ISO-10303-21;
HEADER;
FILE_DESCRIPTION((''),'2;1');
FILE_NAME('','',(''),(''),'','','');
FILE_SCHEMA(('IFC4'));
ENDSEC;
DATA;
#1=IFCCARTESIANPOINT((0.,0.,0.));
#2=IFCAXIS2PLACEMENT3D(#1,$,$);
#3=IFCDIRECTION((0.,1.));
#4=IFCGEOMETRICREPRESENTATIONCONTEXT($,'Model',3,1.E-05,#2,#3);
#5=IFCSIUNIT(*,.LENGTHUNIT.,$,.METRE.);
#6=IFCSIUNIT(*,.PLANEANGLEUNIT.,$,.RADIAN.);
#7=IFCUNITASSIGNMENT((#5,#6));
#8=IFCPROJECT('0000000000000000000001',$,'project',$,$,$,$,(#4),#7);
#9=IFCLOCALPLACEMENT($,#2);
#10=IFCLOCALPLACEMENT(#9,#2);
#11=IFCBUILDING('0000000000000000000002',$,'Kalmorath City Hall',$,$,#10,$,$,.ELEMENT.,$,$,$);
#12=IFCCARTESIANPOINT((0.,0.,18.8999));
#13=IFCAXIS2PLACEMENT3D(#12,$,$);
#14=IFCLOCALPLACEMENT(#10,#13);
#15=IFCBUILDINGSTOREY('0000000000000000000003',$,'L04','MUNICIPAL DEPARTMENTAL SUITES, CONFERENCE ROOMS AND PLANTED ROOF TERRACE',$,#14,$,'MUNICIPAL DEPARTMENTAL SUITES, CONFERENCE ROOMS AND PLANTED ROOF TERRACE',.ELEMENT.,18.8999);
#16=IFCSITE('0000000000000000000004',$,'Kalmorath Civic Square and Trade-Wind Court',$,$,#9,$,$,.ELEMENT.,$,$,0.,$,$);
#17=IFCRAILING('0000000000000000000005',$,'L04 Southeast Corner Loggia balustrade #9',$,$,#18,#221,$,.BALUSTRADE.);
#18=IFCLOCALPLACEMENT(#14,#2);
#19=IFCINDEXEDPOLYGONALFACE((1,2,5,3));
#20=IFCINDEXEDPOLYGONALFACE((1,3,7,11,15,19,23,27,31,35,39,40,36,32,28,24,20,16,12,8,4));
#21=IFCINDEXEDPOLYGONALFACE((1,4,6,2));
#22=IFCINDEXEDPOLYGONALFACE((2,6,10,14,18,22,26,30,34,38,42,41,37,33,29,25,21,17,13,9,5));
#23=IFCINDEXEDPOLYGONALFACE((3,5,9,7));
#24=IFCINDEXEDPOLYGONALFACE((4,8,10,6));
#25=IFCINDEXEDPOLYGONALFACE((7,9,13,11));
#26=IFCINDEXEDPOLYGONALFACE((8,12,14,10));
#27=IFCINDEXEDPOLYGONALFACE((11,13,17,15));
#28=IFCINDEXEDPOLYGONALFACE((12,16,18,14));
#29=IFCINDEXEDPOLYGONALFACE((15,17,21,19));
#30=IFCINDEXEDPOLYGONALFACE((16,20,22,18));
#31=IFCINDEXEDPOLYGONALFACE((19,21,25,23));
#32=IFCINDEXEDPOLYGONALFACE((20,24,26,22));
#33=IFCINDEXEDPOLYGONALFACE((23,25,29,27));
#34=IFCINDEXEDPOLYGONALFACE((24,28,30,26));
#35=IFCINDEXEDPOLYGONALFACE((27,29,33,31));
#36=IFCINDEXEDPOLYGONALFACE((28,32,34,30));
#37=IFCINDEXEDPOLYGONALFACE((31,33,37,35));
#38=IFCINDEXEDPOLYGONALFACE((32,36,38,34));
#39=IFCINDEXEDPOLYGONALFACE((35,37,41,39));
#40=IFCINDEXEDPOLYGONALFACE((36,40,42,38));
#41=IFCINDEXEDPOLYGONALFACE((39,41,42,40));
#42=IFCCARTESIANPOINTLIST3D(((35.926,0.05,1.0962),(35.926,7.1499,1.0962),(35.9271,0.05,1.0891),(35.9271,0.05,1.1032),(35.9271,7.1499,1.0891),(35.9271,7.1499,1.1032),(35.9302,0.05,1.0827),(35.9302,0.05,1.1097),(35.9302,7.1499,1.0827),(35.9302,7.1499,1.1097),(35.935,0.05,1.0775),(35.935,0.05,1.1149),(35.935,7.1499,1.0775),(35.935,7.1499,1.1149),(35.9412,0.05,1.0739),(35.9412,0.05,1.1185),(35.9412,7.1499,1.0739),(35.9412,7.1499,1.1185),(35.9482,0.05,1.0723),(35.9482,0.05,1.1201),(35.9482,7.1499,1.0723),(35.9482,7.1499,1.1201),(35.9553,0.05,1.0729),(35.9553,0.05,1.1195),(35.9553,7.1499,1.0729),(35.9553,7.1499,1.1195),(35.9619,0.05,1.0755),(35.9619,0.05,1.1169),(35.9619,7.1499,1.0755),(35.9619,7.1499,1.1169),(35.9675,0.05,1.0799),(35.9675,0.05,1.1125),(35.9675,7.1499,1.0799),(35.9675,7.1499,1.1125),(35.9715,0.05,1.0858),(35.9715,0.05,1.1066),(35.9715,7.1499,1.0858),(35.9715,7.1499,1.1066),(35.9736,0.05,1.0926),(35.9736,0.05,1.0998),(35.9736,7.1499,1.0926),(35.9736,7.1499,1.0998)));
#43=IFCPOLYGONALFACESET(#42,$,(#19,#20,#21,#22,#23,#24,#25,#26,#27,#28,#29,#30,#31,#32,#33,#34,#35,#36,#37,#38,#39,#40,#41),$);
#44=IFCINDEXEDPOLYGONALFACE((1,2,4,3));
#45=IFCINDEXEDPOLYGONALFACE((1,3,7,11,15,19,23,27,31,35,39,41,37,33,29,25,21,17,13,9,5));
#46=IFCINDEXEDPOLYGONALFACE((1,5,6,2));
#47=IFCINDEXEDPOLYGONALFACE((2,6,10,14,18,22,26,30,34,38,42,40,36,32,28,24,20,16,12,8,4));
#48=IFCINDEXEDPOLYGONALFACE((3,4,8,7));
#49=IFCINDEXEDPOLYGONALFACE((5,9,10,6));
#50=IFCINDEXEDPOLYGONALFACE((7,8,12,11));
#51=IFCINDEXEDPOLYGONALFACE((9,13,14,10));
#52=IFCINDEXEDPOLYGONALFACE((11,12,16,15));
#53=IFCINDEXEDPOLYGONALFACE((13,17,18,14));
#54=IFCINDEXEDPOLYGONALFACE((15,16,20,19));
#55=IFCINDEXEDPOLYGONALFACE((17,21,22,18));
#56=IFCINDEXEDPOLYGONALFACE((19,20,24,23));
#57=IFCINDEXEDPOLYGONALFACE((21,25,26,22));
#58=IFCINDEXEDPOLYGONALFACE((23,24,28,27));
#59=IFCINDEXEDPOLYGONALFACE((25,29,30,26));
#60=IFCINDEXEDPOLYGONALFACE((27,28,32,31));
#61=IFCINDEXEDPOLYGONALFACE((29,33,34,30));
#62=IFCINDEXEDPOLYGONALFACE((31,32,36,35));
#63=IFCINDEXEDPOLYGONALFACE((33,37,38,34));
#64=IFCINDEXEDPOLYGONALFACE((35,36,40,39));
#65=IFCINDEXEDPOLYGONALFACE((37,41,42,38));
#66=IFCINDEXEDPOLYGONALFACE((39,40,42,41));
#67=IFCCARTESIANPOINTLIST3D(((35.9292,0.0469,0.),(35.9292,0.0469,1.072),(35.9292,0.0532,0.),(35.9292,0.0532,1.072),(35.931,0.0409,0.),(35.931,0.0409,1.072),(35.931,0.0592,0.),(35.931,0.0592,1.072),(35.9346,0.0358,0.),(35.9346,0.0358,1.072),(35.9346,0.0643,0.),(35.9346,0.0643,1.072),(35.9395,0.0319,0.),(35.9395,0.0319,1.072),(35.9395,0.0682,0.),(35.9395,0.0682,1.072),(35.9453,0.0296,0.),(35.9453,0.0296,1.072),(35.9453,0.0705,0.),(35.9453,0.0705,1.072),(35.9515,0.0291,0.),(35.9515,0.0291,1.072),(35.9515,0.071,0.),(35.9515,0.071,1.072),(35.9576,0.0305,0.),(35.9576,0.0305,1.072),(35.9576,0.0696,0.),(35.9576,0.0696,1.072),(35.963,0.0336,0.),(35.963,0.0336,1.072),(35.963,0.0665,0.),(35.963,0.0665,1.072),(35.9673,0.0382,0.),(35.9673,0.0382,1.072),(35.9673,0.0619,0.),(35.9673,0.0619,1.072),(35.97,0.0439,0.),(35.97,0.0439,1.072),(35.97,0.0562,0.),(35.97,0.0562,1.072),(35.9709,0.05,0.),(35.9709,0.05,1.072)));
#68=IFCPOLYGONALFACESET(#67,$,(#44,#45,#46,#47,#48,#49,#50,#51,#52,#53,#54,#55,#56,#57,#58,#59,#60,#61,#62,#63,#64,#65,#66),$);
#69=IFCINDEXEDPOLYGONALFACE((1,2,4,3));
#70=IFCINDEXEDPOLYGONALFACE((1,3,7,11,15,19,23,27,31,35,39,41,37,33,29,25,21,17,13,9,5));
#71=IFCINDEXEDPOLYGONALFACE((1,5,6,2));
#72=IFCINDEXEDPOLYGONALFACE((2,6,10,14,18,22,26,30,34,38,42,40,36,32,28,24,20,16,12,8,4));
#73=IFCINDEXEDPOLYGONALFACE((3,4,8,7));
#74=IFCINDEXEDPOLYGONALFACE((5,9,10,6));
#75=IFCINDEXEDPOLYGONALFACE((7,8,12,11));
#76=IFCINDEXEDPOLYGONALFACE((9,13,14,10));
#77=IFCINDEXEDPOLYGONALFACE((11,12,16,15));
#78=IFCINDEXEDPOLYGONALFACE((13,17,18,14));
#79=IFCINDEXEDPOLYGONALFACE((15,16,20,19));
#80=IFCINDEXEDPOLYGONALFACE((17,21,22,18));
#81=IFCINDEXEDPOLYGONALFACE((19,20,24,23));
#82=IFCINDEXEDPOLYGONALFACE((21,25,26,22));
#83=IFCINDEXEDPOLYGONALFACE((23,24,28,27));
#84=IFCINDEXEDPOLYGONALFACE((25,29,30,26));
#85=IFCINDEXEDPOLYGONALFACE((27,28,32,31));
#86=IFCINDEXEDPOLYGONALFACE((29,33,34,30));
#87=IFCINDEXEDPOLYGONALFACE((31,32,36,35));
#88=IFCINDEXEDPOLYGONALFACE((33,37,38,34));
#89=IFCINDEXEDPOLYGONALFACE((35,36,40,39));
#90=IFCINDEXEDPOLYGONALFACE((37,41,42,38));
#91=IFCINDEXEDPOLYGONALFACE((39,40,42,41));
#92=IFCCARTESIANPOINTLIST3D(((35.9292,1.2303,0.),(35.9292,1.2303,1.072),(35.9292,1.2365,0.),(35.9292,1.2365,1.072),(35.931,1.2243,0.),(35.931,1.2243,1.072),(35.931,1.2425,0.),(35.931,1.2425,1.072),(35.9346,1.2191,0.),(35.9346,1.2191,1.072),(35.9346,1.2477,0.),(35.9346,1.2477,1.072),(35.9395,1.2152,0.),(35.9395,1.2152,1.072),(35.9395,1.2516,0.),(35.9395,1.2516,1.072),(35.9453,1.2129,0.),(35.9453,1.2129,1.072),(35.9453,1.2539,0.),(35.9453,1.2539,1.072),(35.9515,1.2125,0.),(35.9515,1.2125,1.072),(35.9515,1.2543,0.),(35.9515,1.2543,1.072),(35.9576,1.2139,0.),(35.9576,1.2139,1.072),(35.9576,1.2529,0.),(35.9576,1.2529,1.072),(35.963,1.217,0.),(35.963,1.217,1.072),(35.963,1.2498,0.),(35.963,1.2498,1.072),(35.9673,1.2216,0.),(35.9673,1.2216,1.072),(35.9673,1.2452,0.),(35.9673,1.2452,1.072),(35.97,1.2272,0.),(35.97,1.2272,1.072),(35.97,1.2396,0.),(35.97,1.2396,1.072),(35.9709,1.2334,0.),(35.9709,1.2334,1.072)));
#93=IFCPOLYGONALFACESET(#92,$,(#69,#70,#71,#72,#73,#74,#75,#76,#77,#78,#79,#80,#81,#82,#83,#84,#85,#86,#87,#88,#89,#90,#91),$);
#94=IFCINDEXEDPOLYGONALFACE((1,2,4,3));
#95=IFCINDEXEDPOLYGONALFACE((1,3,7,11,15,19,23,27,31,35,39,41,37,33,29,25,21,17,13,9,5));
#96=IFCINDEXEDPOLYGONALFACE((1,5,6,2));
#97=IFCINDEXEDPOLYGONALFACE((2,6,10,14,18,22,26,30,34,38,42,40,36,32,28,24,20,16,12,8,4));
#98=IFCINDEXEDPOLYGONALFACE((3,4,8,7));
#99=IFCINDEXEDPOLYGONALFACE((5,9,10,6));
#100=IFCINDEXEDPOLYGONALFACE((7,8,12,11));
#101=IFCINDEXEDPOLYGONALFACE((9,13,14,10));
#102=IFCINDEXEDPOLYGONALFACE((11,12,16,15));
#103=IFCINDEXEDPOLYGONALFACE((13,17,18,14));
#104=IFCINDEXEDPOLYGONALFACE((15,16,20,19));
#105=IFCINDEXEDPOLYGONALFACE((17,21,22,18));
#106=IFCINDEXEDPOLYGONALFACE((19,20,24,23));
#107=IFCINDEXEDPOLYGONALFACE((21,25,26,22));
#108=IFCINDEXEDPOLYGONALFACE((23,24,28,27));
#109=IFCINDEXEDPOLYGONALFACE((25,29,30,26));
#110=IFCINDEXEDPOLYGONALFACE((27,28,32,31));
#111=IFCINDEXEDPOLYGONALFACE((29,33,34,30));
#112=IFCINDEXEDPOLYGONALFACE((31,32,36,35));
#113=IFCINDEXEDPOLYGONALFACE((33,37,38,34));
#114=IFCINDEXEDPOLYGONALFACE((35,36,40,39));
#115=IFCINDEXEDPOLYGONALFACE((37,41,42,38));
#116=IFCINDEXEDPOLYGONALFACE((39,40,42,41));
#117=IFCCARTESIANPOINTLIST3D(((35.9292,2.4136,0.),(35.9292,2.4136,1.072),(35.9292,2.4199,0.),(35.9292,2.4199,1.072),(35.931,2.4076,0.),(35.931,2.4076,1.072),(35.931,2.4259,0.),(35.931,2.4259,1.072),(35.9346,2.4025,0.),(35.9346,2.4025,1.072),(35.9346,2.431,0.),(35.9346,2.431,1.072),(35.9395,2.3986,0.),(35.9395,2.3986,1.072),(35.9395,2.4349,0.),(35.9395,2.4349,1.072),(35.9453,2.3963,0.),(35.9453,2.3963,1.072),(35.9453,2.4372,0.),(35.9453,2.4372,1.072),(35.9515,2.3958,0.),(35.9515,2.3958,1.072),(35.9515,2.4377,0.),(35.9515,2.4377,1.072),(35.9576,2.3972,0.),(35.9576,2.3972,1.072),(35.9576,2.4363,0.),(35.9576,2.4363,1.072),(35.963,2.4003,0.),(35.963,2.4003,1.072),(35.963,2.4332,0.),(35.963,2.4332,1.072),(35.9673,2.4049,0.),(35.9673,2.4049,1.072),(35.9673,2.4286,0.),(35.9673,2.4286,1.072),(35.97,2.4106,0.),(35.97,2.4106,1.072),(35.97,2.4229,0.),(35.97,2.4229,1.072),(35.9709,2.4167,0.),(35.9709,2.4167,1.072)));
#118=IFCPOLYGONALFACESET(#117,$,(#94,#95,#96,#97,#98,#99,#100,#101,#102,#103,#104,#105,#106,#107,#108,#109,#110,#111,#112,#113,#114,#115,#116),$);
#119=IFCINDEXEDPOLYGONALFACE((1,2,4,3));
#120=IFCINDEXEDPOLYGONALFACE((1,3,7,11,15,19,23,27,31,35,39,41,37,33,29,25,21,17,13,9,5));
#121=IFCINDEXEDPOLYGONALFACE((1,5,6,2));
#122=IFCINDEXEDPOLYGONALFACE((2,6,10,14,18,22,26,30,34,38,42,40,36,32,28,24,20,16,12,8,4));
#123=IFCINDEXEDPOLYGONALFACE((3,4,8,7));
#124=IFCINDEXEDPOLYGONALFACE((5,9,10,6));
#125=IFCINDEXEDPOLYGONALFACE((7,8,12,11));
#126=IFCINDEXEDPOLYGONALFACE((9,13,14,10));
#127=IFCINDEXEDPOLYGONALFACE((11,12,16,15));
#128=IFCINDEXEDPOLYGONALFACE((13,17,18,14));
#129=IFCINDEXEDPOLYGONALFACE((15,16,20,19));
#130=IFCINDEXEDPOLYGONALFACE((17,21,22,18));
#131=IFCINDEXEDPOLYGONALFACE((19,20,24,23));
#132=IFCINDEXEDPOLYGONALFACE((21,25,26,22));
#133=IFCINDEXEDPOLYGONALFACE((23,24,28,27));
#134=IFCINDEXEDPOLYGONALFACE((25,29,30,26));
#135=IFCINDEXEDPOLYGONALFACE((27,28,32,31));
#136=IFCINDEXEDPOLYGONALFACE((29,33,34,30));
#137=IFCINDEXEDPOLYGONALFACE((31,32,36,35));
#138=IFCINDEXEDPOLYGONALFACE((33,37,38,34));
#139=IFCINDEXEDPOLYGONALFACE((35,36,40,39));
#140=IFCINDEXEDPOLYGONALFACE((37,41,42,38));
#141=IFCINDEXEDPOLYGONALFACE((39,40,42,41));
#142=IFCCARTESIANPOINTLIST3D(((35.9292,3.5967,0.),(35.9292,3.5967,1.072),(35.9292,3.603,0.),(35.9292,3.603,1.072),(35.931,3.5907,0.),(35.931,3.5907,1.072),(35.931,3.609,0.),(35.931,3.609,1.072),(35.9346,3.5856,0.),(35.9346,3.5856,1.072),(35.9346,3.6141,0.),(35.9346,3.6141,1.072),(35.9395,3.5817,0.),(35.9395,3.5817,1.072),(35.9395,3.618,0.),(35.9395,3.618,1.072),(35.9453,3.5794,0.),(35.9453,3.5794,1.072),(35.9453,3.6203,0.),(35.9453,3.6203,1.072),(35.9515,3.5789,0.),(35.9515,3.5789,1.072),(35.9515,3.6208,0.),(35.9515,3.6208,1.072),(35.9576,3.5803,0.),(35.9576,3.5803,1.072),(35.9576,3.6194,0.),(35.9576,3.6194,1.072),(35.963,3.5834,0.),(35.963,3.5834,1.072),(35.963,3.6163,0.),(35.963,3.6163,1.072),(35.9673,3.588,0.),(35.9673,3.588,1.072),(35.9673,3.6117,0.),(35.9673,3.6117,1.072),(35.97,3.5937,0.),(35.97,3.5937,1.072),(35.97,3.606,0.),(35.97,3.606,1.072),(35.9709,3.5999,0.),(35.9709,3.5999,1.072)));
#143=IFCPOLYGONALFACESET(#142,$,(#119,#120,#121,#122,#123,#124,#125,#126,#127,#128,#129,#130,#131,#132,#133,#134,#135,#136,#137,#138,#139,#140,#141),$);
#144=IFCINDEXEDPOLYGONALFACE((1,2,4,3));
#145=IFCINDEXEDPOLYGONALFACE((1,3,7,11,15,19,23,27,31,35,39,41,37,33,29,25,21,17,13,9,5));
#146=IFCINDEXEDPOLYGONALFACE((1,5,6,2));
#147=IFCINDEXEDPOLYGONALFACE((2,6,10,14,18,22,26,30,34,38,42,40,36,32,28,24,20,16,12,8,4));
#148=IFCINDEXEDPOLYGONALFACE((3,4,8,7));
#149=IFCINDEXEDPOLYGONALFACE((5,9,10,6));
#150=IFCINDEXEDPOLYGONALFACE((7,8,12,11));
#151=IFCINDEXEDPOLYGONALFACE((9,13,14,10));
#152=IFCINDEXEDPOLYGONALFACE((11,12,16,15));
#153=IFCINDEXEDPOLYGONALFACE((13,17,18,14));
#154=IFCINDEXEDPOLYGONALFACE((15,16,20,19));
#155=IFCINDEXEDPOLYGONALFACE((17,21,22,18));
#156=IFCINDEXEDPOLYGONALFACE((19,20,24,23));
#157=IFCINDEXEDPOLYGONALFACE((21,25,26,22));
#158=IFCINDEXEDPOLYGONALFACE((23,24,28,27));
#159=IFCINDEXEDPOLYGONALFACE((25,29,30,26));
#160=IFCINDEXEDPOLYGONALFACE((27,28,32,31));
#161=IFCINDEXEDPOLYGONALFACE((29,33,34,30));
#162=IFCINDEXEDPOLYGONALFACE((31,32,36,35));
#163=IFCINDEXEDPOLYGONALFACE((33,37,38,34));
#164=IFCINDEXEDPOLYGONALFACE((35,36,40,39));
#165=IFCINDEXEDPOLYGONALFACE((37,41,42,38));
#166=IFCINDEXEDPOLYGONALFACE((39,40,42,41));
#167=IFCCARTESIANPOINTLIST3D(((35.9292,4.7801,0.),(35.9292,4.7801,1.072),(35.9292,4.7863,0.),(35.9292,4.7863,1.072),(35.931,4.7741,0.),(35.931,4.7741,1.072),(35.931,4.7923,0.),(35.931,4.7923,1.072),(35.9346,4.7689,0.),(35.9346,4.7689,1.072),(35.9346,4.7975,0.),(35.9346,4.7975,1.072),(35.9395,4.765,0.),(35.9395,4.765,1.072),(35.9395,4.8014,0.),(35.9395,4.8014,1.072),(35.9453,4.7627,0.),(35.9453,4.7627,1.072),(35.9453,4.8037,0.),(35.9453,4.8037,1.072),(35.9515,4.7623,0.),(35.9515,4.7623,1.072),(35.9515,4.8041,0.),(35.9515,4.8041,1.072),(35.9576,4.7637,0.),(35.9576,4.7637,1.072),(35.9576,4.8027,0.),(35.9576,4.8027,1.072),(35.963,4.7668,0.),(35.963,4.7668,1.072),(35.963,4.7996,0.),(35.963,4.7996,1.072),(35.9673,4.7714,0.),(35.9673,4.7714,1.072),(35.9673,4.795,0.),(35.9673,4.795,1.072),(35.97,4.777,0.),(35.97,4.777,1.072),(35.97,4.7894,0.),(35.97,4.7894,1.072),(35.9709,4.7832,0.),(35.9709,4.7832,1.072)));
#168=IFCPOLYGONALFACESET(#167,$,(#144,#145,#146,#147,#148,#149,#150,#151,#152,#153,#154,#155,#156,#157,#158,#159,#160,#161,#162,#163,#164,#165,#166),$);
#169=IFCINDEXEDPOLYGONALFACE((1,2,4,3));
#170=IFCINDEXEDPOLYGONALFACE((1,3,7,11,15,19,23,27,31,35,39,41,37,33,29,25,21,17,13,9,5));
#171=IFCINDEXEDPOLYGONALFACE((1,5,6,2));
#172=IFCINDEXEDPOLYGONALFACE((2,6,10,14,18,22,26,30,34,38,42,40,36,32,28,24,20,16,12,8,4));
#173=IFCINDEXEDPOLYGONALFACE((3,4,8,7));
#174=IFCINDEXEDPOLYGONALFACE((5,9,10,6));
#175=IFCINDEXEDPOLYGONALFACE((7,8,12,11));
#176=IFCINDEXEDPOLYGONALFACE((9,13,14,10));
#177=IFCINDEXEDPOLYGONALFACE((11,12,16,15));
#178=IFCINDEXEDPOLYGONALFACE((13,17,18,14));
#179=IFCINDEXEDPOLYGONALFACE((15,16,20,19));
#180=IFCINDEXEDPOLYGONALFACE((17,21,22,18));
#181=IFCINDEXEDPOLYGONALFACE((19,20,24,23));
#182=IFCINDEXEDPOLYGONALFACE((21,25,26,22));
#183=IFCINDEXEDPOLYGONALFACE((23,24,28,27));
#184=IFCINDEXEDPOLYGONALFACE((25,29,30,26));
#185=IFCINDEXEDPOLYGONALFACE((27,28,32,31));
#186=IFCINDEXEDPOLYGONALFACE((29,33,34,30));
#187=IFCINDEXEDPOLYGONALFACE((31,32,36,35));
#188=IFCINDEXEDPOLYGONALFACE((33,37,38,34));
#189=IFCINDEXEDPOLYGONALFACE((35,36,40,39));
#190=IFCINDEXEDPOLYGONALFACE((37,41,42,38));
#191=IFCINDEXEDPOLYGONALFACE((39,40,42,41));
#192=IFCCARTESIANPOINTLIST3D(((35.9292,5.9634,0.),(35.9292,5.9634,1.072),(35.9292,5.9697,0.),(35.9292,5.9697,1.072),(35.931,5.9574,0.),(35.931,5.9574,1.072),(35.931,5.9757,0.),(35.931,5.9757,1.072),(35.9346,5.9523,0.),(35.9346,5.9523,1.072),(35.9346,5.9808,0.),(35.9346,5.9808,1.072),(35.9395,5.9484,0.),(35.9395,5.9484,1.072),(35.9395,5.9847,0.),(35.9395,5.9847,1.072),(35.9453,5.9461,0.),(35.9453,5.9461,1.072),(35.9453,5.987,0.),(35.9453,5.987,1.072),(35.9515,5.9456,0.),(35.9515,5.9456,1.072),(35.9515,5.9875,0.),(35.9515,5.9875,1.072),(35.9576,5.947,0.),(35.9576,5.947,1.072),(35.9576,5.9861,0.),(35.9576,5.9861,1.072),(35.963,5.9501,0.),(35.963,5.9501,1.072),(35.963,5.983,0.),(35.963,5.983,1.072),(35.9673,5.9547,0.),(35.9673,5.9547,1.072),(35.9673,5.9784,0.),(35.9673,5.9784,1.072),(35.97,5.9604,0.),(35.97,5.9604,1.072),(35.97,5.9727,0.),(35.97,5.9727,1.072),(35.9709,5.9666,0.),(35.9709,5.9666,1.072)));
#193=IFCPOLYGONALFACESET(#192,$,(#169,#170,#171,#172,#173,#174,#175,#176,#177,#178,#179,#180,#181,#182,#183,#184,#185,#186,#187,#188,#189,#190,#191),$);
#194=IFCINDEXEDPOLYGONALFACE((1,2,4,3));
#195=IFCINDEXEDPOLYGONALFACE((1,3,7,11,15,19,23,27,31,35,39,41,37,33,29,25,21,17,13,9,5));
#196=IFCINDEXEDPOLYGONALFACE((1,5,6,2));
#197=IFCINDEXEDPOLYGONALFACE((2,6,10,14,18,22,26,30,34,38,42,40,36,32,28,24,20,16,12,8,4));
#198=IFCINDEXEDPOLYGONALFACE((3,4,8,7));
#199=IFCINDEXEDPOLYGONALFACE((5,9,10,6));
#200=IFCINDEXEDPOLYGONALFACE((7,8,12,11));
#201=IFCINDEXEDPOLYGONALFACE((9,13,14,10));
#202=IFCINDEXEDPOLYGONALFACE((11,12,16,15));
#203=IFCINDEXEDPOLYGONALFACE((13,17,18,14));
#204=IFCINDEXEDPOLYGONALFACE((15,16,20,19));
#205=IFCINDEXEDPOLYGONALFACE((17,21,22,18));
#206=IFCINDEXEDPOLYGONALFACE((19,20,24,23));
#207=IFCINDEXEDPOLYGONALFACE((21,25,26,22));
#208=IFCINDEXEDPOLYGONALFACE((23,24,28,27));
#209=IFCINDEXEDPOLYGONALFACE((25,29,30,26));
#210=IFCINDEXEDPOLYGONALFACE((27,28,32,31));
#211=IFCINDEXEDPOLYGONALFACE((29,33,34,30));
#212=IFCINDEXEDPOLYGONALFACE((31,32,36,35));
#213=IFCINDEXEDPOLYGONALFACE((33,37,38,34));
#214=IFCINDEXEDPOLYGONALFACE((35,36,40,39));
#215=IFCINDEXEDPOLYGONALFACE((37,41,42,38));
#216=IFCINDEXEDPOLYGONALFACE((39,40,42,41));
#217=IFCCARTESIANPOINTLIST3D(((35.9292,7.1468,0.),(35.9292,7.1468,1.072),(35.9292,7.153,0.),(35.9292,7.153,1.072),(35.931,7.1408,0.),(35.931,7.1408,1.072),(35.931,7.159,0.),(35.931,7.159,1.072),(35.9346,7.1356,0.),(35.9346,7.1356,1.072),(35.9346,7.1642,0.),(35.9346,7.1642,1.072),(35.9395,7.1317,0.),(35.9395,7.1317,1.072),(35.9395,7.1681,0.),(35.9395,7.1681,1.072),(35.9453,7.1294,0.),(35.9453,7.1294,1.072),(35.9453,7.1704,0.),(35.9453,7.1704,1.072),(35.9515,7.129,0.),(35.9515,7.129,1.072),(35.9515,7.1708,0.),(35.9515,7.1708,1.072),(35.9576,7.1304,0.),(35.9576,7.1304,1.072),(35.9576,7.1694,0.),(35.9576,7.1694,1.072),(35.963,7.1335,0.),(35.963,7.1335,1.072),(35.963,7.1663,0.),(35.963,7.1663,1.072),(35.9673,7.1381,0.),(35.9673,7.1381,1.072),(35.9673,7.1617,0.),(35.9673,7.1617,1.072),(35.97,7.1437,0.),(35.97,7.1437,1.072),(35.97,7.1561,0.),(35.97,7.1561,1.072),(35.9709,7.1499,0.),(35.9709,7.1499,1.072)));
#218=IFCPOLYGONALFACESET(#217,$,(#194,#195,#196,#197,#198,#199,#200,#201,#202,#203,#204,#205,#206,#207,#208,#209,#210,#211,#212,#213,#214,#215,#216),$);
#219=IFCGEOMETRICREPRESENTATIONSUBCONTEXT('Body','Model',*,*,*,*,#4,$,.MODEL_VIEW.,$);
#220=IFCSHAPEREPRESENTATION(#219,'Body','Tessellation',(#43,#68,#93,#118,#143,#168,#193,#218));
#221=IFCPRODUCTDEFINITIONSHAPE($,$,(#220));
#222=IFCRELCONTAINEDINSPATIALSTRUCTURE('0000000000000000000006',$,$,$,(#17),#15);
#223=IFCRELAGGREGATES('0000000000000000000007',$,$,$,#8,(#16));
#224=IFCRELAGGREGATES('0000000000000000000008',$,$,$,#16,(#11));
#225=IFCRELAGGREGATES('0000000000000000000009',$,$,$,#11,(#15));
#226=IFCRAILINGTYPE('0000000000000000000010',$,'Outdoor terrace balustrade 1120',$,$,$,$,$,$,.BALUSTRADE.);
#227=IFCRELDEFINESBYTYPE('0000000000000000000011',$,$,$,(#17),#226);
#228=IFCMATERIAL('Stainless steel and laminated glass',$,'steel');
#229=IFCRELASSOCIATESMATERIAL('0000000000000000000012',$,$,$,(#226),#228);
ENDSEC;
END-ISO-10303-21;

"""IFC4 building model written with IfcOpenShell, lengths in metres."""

from ifc_helpers import new_model, si_unit, direction, frame, origin, origin_2d, place, context, subcontext, project, spatial, circle, extrude, material, type_object, element, save


model = new_model("IFC4")

# Units and contexts
model_context = context("Model", 3, precision=1e-05, world=origin(), true_north=direction((0.0, 1.0)))
body_context = subcontext(model_context, "Body", "Model", "MODEL_VIEW")
ifc_project = project(units=[si_unit("LENGTHUNIT", "METRE"), si_unit("PLANEANGLEUNIT", "RADIAN")], contexts=[model_context])

# Site, building, storey
site_placement = place(None, origin())
site = spatial("IfcSite", under=ifc_project, at=site_placement, Name="Kalmorath Civic Square and Trade-Wind Court", CompositionType="ELEMENT", RefElevation=0.0)
building_placement = place(site_placement, origin())
building = spatial("IfcBuilding", under=site, at=building_placement, Name="Kalmorath City Hall", CompositionType="ELEMENT")
storey_placement = place(building_placement, frame((0.0, 0.0, 18.8999)))
storey = spatial("IfcBuildingStorey", under=building, at=storey_placement, Name="L04", Description="MUNICIPAL DEPARTMENTAL SUITES, CONFERENCE ROOMS AND PLANTED ROOF TERRACE", LongName="MUNICIPAL DEPARTMENTAL SUITES, CONFERENCE ROOMS AND PLANTED ROOF TERRACE", CompositionType="ELEMENT", Elevation=18.8999)

# Railing
ifc_material_1 = material(Name="Stainless steel and laminated glass", Category="steel")
railing_type = type_object("IfcRailingType", Name="Outdoor terrace balustrade 1120", PredefinedType="BALUSTRADE", material=ifc_material_1)
railing_1_placement = place(storey_placement, frame((35.95, 0.05, 0.0)))
element("IfcRailing", 1, at=railing_1_placement, inside=storey, type_object=railing_type, Name="L04 Southeast Corner Loggia balustrade #9", PredefinedType="BALUSTRADE", context=body_context, shape_type="SweptSolid", body=[
    extrude(circle(Radius=0.0239, at=origin_2d()), frame((0.0, 0.0, 1.0962), z_axis=(0.0, 1.0, 0.0), x_axis=(-1.0, 0.0, 0.0)), (0.0, 0.0, 1.0), 7.0999),
    extrude(circle(Radius=0.021, at=origin_2d()), origin(), (0.0, 0.0, 1.0), 1.072),
    extrude(circle(Radius=0.021, at=origin_2d()), frame((0.0, 1.1833, 0.0)), (0.0, 0.0, 1.0), 1.072),
    extrude(circle(Radius=0.021, at=origin_2d()), frame((0.0, 2.3667, 0.0)), (0.0, 0.0, 1.0), 1.072),
    extrude(circle(Radius=0.021, at=origin_2d()), frame((0.0, 3.5498, 0.0)), (0.0, 0.0, 1.0), 1.072),
    extrude(circle(Radius=0.021, at=origin_2d()), frame((0.0, 4.7332, 0.0)), (0.0, 0.0, 1.0), 1.072),
    extrude(circle(Radius=0.021, at=origin_2d()), frame((0.0, 5.9165, 0.0)), (0.0, 0.0, 1.0), 1.072),
    extrude(circle(Radius=0.021, at=origin_2d()), frame((0.0, 7.0999, 0.0)), (0.0, 0.0, 1.0), 1.072),
])

save(model, "model.ifc")
